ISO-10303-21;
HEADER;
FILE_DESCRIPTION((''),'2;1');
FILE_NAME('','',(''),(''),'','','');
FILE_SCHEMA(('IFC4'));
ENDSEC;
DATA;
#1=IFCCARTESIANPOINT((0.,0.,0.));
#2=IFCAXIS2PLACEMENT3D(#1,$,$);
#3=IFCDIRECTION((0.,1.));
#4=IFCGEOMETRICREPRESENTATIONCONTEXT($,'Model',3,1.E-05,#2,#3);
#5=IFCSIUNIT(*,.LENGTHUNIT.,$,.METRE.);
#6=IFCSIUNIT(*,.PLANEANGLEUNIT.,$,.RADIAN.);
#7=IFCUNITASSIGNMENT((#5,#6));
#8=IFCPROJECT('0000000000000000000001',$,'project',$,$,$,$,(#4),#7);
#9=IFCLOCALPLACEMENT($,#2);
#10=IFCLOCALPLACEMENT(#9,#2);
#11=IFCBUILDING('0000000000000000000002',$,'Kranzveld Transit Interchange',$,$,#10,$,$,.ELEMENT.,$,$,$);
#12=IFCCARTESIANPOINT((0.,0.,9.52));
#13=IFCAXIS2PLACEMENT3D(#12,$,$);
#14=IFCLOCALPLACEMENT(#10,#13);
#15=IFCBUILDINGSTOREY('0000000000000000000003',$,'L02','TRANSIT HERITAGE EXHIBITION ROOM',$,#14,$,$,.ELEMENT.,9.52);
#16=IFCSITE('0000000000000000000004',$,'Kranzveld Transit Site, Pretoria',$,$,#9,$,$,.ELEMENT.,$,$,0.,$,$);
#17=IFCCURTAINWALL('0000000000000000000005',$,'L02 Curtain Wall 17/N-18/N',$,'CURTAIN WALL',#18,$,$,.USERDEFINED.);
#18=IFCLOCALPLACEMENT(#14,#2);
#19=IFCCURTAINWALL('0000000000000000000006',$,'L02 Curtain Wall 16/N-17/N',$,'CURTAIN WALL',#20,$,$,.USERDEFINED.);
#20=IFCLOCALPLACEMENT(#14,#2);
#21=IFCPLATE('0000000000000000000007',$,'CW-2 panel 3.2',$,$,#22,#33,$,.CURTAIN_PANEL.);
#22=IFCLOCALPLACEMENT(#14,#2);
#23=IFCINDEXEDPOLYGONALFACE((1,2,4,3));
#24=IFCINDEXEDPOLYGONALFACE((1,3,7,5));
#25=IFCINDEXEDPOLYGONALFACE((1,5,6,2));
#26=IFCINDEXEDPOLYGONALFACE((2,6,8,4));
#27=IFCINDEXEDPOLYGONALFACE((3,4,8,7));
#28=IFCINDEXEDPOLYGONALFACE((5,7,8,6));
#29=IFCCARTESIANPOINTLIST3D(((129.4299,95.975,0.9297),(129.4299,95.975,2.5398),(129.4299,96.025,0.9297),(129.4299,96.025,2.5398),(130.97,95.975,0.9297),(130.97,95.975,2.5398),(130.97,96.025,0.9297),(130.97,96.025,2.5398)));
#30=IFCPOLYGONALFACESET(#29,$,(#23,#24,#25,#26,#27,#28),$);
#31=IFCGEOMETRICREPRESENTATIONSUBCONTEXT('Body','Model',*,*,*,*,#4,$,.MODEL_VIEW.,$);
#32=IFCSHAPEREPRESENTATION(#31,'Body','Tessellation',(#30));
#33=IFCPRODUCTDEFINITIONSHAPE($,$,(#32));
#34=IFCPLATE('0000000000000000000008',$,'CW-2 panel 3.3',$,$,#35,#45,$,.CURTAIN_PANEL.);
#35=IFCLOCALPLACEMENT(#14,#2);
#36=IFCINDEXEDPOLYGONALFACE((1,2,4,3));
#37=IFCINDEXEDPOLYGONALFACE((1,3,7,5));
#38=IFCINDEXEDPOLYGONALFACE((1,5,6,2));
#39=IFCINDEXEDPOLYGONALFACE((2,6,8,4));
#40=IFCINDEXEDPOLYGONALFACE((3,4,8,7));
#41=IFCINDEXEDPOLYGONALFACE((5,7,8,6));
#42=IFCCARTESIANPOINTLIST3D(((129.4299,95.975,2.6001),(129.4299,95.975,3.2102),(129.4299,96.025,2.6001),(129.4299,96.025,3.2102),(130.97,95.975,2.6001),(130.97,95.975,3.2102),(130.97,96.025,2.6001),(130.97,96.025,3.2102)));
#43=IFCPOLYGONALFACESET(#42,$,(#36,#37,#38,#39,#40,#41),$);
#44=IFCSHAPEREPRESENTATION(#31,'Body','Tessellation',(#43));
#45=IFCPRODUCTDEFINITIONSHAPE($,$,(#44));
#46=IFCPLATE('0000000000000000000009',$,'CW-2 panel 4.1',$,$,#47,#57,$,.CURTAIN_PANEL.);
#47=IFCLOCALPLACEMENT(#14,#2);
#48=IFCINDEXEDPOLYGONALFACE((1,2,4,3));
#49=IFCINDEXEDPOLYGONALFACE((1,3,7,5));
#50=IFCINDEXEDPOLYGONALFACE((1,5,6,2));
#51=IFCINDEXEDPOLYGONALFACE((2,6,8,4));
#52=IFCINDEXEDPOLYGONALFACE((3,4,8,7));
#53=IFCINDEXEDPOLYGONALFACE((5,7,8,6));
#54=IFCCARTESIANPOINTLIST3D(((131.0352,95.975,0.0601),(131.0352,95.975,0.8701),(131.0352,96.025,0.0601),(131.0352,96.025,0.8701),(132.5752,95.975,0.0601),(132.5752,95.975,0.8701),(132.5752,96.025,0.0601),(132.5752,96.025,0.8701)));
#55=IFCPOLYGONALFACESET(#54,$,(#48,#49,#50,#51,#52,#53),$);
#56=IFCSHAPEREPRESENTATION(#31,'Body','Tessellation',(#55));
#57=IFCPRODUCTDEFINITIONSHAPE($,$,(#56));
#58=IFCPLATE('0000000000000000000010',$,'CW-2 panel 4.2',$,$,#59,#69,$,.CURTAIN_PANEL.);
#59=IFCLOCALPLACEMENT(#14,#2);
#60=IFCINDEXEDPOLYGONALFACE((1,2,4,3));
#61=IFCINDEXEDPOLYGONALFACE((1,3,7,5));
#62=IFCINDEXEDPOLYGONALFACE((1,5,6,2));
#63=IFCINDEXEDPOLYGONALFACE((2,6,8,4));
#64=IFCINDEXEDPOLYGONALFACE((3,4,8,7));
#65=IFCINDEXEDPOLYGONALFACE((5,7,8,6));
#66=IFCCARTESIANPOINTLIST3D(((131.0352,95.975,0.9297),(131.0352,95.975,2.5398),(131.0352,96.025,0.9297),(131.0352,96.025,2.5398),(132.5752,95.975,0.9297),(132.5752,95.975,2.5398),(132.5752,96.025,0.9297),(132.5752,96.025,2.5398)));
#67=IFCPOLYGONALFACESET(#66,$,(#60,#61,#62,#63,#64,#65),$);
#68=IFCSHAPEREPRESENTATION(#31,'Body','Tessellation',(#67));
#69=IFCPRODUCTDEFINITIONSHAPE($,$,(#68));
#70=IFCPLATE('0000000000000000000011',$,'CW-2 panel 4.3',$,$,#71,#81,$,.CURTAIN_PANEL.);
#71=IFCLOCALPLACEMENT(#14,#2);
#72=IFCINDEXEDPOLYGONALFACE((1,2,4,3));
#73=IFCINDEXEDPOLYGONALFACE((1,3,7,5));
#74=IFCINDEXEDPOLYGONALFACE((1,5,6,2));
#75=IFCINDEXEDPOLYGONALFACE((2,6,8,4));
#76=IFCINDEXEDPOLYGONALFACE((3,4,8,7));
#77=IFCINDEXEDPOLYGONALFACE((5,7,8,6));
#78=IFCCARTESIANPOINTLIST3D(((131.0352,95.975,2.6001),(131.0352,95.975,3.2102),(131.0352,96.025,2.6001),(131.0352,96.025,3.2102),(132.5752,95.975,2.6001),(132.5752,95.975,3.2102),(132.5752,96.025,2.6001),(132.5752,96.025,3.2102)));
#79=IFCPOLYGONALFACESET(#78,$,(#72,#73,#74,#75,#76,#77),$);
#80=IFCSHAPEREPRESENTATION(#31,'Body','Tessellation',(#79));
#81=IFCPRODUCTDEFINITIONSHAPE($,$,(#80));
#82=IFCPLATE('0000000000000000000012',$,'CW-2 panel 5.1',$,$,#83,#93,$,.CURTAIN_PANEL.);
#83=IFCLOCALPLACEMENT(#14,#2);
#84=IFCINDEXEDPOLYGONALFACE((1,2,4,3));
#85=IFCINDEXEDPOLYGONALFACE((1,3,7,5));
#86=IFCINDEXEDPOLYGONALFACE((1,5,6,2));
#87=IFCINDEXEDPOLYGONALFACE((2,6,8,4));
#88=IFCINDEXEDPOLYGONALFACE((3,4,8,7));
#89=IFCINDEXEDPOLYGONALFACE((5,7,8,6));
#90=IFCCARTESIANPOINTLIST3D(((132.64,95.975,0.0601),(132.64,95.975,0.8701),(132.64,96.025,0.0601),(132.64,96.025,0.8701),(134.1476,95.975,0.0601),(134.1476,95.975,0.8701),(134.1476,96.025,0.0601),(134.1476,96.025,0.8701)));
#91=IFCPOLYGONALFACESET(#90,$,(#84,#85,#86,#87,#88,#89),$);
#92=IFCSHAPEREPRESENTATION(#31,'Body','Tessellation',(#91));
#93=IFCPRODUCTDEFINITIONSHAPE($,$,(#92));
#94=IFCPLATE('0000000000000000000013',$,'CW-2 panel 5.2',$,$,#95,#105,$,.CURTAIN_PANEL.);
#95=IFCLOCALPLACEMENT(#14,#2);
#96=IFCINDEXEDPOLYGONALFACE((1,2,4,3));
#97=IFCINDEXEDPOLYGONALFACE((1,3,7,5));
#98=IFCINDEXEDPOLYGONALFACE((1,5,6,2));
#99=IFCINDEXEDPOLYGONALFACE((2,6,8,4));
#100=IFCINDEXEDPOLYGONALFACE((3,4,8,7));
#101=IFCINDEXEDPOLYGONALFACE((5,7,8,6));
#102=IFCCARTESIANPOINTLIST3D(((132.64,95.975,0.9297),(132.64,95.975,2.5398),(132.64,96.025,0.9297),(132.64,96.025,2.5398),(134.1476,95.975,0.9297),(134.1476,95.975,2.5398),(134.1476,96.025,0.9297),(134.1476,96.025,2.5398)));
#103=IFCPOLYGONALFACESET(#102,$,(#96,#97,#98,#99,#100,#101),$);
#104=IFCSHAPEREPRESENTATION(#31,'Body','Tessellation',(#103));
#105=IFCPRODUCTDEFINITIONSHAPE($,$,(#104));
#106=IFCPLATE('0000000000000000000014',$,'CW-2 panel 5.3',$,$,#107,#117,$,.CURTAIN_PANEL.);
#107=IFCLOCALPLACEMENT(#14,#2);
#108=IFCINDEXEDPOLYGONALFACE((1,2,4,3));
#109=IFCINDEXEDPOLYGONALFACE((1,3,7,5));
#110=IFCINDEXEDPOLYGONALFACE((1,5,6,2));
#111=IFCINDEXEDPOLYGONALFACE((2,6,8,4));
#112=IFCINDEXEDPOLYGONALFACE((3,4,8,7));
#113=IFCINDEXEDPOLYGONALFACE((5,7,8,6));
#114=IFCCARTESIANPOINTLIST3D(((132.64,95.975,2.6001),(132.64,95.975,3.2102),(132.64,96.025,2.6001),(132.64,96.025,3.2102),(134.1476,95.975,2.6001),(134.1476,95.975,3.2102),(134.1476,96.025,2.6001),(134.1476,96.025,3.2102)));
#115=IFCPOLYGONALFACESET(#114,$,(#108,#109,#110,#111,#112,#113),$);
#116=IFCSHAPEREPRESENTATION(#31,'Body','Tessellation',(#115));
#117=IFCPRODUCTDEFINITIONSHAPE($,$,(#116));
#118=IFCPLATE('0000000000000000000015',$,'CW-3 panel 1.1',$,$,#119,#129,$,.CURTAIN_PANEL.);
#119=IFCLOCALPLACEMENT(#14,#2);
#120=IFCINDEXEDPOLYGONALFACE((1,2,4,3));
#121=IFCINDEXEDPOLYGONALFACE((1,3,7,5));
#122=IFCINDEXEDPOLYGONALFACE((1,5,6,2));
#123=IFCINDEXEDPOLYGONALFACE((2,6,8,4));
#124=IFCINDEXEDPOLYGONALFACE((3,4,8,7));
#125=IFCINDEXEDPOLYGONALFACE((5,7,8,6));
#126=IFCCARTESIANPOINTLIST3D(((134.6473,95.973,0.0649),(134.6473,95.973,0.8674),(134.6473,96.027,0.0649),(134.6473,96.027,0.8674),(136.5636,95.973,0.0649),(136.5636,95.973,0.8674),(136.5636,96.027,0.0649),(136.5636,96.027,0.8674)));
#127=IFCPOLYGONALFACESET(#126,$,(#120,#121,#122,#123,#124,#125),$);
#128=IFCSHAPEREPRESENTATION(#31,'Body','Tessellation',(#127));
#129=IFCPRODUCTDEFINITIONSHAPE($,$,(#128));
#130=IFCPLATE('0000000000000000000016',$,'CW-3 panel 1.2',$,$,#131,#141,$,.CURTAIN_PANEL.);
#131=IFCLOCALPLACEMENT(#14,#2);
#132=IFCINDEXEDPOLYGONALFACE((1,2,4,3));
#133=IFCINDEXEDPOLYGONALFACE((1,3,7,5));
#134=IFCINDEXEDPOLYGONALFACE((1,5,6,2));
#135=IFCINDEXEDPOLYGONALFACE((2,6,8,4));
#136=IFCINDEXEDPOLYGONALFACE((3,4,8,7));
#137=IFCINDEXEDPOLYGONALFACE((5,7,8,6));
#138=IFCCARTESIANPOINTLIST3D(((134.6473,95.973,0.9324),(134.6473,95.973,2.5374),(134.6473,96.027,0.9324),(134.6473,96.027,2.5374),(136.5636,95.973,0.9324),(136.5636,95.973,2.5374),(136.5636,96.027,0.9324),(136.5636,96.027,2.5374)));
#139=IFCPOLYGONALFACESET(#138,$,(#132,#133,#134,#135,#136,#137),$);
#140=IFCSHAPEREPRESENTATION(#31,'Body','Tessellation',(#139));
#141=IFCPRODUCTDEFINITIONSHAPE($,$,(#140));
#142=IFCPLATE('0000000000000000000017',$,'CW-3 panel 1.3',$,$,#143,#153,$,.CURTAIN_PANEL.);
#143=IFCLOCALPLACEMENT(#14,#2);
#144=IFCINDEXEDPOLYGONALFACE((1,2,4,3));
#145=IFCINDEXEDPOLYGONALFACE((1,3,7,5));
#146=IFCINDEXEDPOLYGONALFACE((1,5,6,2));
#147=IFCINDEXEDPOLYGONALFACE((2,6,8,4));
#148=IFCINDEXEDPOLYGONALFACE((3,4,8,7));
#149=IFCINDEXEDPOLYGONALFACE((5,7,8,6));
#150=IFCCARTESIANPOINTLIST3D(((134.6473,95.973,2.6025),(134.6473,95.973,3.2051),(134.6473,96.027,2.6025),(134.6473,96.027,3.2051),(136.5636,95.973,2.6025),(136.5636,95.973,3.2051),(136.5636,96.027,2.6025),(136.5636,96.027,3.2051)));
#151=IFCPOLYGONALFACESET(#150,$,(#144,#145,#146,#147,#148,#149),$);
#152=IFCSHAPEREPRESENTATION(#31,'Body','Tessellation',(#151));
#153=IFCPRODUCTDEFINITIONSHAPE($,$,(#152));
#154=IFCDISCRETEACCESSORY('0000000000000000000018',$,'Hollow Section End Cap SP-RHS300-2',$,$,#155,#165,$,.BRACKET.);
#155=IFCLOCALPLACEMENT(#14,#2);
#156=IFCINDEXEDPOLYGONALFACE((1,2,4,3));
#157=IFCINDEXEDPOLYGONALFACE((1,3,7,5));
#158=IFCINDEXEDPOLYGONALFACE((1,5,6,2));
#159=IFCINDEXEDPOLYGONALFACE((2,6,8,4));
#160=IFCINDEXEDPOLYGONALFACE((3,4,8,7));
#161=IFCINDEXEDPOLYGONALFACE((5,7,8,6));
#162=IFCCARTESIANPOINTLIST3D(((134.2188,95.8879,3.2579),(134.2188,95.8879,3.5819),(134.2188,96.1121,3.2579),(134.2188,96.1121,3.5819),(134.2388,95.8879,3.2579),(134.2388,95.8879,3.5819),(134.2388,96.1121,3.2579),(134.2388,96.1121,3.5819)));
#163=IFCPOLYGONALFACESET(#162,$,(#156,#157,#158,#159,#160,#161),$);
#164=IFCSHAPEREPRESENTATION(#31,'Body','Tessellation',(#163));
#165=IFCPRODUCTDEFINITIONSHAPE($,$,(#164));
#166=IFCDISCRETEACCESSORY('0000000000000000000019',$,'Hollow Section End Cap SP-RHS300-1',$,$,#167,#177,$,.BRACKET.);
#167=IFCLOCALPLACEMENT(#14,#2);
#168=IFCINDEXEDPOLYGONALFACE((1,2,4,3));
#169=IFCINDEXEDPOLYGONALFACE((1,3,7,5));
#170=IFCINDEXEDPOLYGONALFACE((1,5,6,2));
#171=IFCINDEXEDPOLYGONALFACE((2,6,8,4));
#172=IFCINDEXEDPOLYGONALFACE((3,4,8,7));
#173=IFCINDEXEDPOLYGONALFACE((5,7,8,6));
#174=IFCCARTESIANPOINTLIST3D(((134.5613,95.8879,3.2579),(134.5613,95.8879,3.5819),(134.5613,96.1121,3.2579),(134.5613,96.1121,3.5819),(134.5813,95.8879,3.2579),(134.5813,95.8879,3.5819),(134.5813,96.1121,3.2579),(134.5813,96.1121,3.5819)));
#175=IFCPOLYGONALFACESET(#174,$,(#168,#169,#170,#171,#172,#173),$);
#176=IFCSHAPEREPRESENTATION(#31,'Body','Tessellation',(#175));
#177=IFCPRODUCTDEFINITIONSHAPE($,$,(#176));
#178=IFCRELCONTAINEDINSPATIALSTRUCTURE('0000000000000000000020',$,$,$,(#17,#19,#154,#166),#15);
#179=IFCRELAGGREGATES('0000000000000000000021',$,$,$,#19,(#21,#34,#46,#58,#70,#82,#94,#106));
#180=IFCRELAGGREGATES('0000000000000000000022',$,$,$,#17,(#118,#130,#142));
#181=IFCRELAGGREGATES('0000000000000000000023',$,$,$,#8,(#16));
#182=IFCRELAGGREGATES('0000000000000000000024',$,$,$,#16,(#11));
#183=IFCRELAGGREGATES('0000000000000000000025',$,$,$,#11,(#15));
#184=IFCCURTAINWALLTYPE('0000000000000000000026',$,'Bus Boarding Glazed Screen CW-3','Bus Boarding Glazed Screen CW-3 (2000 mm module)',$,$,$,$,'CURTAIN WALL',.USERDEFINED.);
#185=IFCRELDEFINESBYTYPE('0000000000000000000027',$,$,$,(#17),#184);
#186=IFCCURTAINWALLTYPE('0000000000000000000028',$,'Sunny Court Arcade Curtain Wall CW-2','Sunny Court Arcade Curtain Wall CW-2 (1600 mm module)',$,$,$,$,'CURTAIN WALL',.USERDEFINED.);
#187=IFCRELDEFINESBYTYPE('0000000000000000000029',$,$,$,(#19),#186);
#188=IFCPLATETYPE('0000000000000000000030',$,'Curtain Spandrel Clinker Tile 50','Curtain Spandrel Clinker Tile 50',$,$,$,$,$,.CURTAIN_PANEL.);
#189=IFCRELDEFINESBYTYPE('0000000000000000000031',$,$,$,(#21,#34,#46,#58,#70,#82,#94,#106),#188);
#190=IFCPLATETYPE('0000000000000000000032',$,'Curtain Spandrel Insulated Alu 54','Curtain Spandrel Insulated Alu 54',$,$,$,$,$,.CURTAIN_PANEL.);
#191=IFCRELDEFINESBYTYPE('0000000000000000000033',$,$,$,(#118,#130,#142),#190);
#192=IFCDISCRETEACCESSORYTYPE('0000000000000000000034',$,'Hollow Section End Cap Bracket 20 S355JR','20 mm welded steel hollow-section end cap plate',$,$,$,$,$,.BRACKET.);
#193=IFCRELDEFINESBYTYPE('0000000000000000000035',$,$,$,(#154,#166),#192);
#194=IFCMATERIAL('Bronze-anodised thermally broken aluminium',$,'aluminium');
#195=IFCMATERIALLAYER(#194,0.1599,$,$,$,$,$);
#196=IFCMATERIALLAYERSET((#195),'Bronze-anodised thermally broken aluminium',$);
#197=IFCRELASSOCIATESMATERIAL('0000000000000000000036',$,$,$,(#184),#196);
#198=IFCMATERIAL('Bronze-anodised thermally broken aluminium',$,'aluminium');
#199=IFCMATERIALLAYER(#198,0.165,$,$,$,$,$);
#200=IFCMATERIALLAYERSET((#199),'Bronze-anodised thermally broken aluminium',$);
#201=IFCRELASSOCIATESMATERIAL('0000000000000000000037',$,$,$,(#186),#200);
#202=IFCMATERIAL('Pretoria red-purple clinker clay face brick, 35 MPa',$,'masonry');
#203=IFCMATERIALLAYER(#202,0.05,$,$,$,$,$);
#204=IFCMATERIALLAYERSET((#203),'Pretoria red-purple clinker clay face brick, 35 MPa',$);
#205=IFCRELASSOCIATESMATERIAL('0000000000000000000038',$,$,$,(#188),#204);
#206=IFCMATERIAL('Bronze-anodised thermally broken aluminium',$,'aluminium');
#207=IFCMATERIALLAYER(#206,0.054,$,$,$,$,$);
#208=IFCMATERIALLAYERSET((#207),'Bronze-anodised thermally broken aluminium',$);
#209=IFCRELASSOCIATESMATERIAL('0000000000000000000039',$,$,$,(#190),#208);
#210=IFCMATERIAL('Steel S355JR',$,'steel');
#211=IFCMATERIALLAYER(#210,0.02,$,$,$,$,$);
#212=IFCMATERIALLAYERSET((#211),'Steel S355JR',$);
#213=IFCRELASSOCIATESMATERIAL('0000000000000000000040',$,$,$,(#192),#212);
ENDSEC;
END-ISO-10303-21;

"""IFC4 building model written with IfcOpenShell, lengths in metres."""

from ifc_helpers import new_model, si_unit, direction, frame, origin, origin_2d, place, context, subcontext, project, spatial, rectangle, extrude, material, layer, layer_set, type_object, element, aggregate, save


model = new_model("IFC4")

# Units and contexts
model_context = context("Model", 3, precision=1e-05, world=origin(), true_north=direction((0.0, 1.0)))
body_context = subcontext(model_context, "Body", "Model", "MODEL_VIEW")
ifc_project = project(units=[si_unit("LENGTHUNIT", "METRE"), si_unit("PLANEANGLEUNIT", "RADIAN")], contexts=[model_context])

# Site, building, storey
site_placement = place(None, origin())
site = spatial("IfcSite", under=ifc_project, at=site_placement, Name="Kranzveld Transit Site, Pretoria", CompositionType="ELEMENT", RefElevation=0.0)
building_placement = place(site_placement, origin())
building = spatial("IfcBuilding", under=site, at=building_placement, Name="Kranzveld Transit Interchange", CompositionType="ELEMENT")
storey_placement = place(building_placement, frame((0.0, 0.0, 9.52)))
storey = spatial("IfcBuildingStorey", under=building, at=storey_placement, Name="L02", Description="TRANSIT HERITAGE EXHIBITION ROOM", CompositionType="ELEMENT", Elevation=9.52)

# Curtain walls
ifc_material_1 = material(Name="Bronze-anodised thermally broken aluminium", Category="aluminium")
ifc_layer_1 = layer(ifc_material_1, 0.1599)
ifc_layer_set_1 = layer_set([ifc_layer_1], Name="Bronze-anodised thermally broken aluminium")
curtain_wall_type_1 = type_object("IfcCurtainWallType", Name="Bus Boarding Glazed Screen CW-3", Description="Bus Boarding Glazed Screen CW-3 (2000 mm module)", ElementType="CURTAIN WALL", PredefinedType="USERDEFINED", material=ifc_layer_set_1)
curtain_wall_1_placement = place(storey_placement, origin())
curtain_wall_1 = element("IfcCurtainWall", 1, at=curtain_wall_1_placement, inside=storey, type_object=curtain_wall_type_1, Name="L02 Curtain Wall 17/N-18/N", ObjectType="CURTAIN WALL", PredefinedType="USERDEFINED")
ifc_material_2 = material(Name="Bronze-anodised thermally broken aluminium", Category="aluminium")
ifc_layer_2 = layer(ifc_material_2, 0.165)
ifc_layer_set_2 = layer_set([ifc_layer_2], Name="Bronze-anodised thermally broken aluminium")
curtain_wall_type_2 = type_object("IfcCurtainWallType", Name="Sunny Court Arcade Curtain Wall CW-2", Description="Sunny Court Arcade Curtain Wall CW-2 (1600 mm module)", ElementType="CURTAIN WALL", PredefinedType="USERDEFINED", material=ifc_layer_set_2)
curtain_wall_2_placement = place(storey_placement, origin())
curtain_wall_2 = element("IfcCurtainWall", 2, at=curtain_wall_2_placement, inside=storey, type_object=curtain_wall_type_2, Name="L02 Curtain Wall 16/N-17/N", ObjectType="CURTAIN WALL", PredefinedType="USERDEFINED")

# Plates
ifc_material_3 = material(Name="Pretoria red-purple clinker clay face brick, 35 MPa", Category="masonry")
ifc_layer_3 = layer(ifc_material_3, 0.05)
ifc_layer_set_3 = layer_set([ifc_layer_3], Name="Pretoria red-purple clinker clay face brick, 35 MPa")
plate_type_1 = type_object("IfcPlateType", Name="Curtain Spandrel Clinker Tile 50", Description="Curtain Spandrel Clinker Tile 50", PredefinedType="CURTAIN_PANEL", material=ifc_layer_set_3)
plate_1_placement = place(storey_placement, frame((130.2, 96.0, 0.9297), z_axis=(0.0, 0.0, 1.0), x_axis=(1.0, 0.0, 0.0)))
plate_1 = element("IfcPlate", 3, at=plate_1_placement, type_object=plate_type_1, Name="CW-2 panel 3.2", PredefinedType="CURTAIN_PANEL", context=body_context, shape_type="SweptSolid", body=[
    extrude(rectangle(XDim=1.54, YDim=0.05, at=origin_2d()), origin(), (0.0, 0.0, 1.0), 1.6101),
])
plate_2_placement = place(storey_placement, frame((130.2, 96.0, 2.6001), z_axis=(0.0, 0.0, 1.0), x_axis=(1.0, 0.0, 0.0)))
plate_2 = element("IfcPlate", 4, at=plate_2_placement, type_object=plate_type_1, Name="CW-2 panel 3.3", PredefinedType="CURTAIN_PANEL", context=body_context, shape_type="SweptSolid", body=[
    extrude(rectangle(XDim=1.54, YDim=0.05, at=origin_2d()), origin(), (0.0, 0.0, 1.0), 0.6101),
])
plate_3_placement = place(storey_placement, frame((131.8052, 96.0, 0.0601), z_axis=(0.0, 0.0, 1.0), x_axis=(1.0, 0.0, 0.0)))
plate_3 = element("IfcPlate", 5, at=plate_3_placement, type_object=plate_type_1, Name="CW-2 panel 4.1", PredefinedType="CURTAIN_PANEL", context=body_context, shape_type="SweptSolid", body=[
    extrude(rectangle(XDim=1.54, YDim=0.05, at=origin_2d()), origin(), (0.0, 0.0, 1.0), 0.8101),
])
plate_4_placement = place(storey_placement, frame((131.8052, 96.0, 0.9297), z_axis=(0.0, 0.0, 1.0), x_axis=(1.0, 0.0, 0.0)))
plate_4 = element("IfcPlate", 6, at=plate_4_placement, type_object=plate_type_1, Name="CW-2 panel 4.2", PredefinedType="CURTAIN_PANEL", context=body_context, shape_type="SweptSolid", body=[
    extrude(rectangle(XDim=1.54, YDim=0.05, at=origin_2d()), origin(), (0.0, 0.0, 1.0), 1.6101),
])
plate_5_placement = place(storey_placement, frame((131.8052, 96.0, 2.6001), z_axis=(0.0, 0.0, 1.0), x_axis=(1.0, 0.0, 0.0)))
plate_5 = element("IfcPlate", 7, at=plate_5_placement, type_object=plate_type_1, Name="CW-2 panel 4.3", PredefinedType="CURTAIN_PANEL", context=body_context, shape_type="SweptSolid", body=[
    extrude(rectangle(XDim=1.54, YDim=0.05, at=origin_2d()), origin(), (0.0, 0.0, 1.0), 0.6101),
])
plate_6_placement = place(storey_placement, frame((133.3938, 96.0, 0.0601), z_axis=(0.0, 0.0, 1.0), x_axis=(1.0, 0.0, 0.0)))
plate_6 = element("IfcPlate", 8, at=plate_6_placement, type_object=plate_type_1, Name="CW-2 panel 5.1", PredefinedType="CURTAIN_PANEL", context=body_context, shape_type="SweptSolid", body=[
    extrude(rectangle(XDim=1.5076, YDim=0.05, at=origin_2d()), origin(), (0.0, 0.0, 1.0), 0.8101),
])
plate_7_placement = place(storey_placement, frame((133.3938, 96.0, 0.9297), z_axis=(0.0, 0.0, 1.0), x_axis=(1.0, 0.0, 0.0)))
plate_7 = element("IfcPlate", 9, at=plate_7_placement, type_object=plate_type_1, Name="CW-2 panel 5.2", PredefinedType="CURTAIN_PANEL", context=body_context, shape_type="SweptSolid", body=[
    extrude(rectangle(XDim=1.5076, YDim=0.05, at=origin_2d()), origin(), (0.0, 0.0, 1.0), 1.6101),
])
plate_8_placement = place(storey_placement, frame((133.3938, 96.0, 2.6001), z_axis=(0.0, 0.0, 1.0), x_axis=(1.0, 0.0, 0.0)))
plate_8 = element("IfcPlate", 10, at=plate_8_placement, type_object=plate_type_1, Name="CW-2 panel 5.3", PredefinedType="CURTAIN_PANEL", context=body_context, shape_type="SweptSolid", body=[
    extrude(rectangle(XDim=1.5076, YDim=0.05, at=origin_2d()), origin(), (0.0, 0.0, 1.0), 0.6101),
])
aggregate(curtain_wall_2, [plate_1, plate_2, plate_3, plate_4, plate_5, plate_6, plate_7, plate_8])
ifc_material_4 = material(Name="Bronze-anodised thermally broken aluminium", Category="aluminium")
ifc_layer_4 = layer(ifc_material_4, 0.054)
ifc_layer_set_4 = layer_set([ifc_layer_4], Name="Bronze-anodised thermally broken aluminium")
plate_type_2 = type_object("IfcPlateType", Name="Curtain Spandrel Insulated Alu 54", Description="Curtain Spandrel Insulated Alu 54", PredefinedType="CURTAIN_PANEL", material=ifc_layer_set_4)
plate_9_placement = place(storey_placement, frame((135.6055, 96.0, 0.0649), z_axis=(0.0, 0.0, 1.0), x_axis=(1.0, 0.0, 0.0)))
plate_9 = element("IfcPlate", 11, at=plate_9_placement, type_object=plate_type_2, Name="CW-3 panel 1.1", PredefinedType="CURTAIN_PANEL", context=body_context, shape_type="SweptSolid", body=[
    extrude(rectangle(XDim=1.9163, YDim=0.054, at=origin_2d()), origin(), (0.0, 0.0, 1.0), 0.8025),
])
plate_10_placement = place(storey_placement, frame((135.6055, 96.0, 0.9324), z_axis=(0.0, 0.0, 1.0), x_axis=(1.0, 0.0, 0.0)))
plate_10 = element("IfcPlate", 12, at=plate_10_placement, type_object=plate_type_2, Name="CW-3 panel 1.2", PredefinedType="CURTAIN_PANEL", context=body_context, shape_type="SweptSolid", body=[
    extrude(rectangle(XDim=1.9163, YDim=0.054, at=origin_2d()), origin(), (0.0, 0.0, 1.0), 1.605),
])
plate_11_placement = place(storey_placement, frame((135.6055, 96.0, 2.6025), z_axis=(0.0, 0.0, 1.0), x_axis=(1.0, 0.0, 0.0)))
plate_11 = element("IfcPlate", 13, at=plate_11_placement, type_object=plate_type_2, Name="CW-3 panel 1.3", PredefinedType="CURTAIN_PANEL", context=body_context, shape_type="SweptSolid", body=[
    extrude(rectangle(XDim=1.9163, YDim=0.054, at=origin_2d()), origin(), (0.0, 0.0, 1.0), 0.6025),
])
aggregate(curtain_wall_1, [plate_9, plate_10, plate_11])

# Discrete accessories
ifc_material_5 = material(Name="Steel S355JR", Category="steel")
ifc_layer_5 = layer(ifc_material_5, 0.02)
ifc_layer_set_5 = layer_set([ifc_layer_5], Name="Steel S355JR")
discrete_accessory_type = type_object("IfcDiscreteAccessoryType", Name="Hollow Section End Cap Bracket 20 S355JR", Description="20 mm welded steel hollow-section end cap plate", PredefinedType="BRACKET", material=ifc_layer_set_5)
for number, where, z_axis, x_axis, name in (
    (14, (134.2188, 96.0, 3.4199), (1.0, 0.0, 0.0), (0.0, 1.0, 0.0), "Hollow Section End Cap SP-RHS300-2"),
    (15, (134.5813, 96.0, 3.4199), (-1.0, 0.0, 0.0), (0.0, -1.0, 0.0), "Hollow Section End Cap SP-RHS300-1"),
):
    element("IfcDiscreteAccessory", number, at=place(storey_placement, frame(where, z_axis=z_axis, x_axis=x_axis)), inside=storey, type_object=discrete_accessory_type, Name=name, PredefinedType="BRACKET", context=body_context, shape_type="SweptSolid", body=[
        extrude(rectangle(XDim=0.2241, YDim=0.324, at=origin_2d()), origin(), (0.0, 0.0, 1.0), 0.02),
    ])

save(model, "model.ifc")
